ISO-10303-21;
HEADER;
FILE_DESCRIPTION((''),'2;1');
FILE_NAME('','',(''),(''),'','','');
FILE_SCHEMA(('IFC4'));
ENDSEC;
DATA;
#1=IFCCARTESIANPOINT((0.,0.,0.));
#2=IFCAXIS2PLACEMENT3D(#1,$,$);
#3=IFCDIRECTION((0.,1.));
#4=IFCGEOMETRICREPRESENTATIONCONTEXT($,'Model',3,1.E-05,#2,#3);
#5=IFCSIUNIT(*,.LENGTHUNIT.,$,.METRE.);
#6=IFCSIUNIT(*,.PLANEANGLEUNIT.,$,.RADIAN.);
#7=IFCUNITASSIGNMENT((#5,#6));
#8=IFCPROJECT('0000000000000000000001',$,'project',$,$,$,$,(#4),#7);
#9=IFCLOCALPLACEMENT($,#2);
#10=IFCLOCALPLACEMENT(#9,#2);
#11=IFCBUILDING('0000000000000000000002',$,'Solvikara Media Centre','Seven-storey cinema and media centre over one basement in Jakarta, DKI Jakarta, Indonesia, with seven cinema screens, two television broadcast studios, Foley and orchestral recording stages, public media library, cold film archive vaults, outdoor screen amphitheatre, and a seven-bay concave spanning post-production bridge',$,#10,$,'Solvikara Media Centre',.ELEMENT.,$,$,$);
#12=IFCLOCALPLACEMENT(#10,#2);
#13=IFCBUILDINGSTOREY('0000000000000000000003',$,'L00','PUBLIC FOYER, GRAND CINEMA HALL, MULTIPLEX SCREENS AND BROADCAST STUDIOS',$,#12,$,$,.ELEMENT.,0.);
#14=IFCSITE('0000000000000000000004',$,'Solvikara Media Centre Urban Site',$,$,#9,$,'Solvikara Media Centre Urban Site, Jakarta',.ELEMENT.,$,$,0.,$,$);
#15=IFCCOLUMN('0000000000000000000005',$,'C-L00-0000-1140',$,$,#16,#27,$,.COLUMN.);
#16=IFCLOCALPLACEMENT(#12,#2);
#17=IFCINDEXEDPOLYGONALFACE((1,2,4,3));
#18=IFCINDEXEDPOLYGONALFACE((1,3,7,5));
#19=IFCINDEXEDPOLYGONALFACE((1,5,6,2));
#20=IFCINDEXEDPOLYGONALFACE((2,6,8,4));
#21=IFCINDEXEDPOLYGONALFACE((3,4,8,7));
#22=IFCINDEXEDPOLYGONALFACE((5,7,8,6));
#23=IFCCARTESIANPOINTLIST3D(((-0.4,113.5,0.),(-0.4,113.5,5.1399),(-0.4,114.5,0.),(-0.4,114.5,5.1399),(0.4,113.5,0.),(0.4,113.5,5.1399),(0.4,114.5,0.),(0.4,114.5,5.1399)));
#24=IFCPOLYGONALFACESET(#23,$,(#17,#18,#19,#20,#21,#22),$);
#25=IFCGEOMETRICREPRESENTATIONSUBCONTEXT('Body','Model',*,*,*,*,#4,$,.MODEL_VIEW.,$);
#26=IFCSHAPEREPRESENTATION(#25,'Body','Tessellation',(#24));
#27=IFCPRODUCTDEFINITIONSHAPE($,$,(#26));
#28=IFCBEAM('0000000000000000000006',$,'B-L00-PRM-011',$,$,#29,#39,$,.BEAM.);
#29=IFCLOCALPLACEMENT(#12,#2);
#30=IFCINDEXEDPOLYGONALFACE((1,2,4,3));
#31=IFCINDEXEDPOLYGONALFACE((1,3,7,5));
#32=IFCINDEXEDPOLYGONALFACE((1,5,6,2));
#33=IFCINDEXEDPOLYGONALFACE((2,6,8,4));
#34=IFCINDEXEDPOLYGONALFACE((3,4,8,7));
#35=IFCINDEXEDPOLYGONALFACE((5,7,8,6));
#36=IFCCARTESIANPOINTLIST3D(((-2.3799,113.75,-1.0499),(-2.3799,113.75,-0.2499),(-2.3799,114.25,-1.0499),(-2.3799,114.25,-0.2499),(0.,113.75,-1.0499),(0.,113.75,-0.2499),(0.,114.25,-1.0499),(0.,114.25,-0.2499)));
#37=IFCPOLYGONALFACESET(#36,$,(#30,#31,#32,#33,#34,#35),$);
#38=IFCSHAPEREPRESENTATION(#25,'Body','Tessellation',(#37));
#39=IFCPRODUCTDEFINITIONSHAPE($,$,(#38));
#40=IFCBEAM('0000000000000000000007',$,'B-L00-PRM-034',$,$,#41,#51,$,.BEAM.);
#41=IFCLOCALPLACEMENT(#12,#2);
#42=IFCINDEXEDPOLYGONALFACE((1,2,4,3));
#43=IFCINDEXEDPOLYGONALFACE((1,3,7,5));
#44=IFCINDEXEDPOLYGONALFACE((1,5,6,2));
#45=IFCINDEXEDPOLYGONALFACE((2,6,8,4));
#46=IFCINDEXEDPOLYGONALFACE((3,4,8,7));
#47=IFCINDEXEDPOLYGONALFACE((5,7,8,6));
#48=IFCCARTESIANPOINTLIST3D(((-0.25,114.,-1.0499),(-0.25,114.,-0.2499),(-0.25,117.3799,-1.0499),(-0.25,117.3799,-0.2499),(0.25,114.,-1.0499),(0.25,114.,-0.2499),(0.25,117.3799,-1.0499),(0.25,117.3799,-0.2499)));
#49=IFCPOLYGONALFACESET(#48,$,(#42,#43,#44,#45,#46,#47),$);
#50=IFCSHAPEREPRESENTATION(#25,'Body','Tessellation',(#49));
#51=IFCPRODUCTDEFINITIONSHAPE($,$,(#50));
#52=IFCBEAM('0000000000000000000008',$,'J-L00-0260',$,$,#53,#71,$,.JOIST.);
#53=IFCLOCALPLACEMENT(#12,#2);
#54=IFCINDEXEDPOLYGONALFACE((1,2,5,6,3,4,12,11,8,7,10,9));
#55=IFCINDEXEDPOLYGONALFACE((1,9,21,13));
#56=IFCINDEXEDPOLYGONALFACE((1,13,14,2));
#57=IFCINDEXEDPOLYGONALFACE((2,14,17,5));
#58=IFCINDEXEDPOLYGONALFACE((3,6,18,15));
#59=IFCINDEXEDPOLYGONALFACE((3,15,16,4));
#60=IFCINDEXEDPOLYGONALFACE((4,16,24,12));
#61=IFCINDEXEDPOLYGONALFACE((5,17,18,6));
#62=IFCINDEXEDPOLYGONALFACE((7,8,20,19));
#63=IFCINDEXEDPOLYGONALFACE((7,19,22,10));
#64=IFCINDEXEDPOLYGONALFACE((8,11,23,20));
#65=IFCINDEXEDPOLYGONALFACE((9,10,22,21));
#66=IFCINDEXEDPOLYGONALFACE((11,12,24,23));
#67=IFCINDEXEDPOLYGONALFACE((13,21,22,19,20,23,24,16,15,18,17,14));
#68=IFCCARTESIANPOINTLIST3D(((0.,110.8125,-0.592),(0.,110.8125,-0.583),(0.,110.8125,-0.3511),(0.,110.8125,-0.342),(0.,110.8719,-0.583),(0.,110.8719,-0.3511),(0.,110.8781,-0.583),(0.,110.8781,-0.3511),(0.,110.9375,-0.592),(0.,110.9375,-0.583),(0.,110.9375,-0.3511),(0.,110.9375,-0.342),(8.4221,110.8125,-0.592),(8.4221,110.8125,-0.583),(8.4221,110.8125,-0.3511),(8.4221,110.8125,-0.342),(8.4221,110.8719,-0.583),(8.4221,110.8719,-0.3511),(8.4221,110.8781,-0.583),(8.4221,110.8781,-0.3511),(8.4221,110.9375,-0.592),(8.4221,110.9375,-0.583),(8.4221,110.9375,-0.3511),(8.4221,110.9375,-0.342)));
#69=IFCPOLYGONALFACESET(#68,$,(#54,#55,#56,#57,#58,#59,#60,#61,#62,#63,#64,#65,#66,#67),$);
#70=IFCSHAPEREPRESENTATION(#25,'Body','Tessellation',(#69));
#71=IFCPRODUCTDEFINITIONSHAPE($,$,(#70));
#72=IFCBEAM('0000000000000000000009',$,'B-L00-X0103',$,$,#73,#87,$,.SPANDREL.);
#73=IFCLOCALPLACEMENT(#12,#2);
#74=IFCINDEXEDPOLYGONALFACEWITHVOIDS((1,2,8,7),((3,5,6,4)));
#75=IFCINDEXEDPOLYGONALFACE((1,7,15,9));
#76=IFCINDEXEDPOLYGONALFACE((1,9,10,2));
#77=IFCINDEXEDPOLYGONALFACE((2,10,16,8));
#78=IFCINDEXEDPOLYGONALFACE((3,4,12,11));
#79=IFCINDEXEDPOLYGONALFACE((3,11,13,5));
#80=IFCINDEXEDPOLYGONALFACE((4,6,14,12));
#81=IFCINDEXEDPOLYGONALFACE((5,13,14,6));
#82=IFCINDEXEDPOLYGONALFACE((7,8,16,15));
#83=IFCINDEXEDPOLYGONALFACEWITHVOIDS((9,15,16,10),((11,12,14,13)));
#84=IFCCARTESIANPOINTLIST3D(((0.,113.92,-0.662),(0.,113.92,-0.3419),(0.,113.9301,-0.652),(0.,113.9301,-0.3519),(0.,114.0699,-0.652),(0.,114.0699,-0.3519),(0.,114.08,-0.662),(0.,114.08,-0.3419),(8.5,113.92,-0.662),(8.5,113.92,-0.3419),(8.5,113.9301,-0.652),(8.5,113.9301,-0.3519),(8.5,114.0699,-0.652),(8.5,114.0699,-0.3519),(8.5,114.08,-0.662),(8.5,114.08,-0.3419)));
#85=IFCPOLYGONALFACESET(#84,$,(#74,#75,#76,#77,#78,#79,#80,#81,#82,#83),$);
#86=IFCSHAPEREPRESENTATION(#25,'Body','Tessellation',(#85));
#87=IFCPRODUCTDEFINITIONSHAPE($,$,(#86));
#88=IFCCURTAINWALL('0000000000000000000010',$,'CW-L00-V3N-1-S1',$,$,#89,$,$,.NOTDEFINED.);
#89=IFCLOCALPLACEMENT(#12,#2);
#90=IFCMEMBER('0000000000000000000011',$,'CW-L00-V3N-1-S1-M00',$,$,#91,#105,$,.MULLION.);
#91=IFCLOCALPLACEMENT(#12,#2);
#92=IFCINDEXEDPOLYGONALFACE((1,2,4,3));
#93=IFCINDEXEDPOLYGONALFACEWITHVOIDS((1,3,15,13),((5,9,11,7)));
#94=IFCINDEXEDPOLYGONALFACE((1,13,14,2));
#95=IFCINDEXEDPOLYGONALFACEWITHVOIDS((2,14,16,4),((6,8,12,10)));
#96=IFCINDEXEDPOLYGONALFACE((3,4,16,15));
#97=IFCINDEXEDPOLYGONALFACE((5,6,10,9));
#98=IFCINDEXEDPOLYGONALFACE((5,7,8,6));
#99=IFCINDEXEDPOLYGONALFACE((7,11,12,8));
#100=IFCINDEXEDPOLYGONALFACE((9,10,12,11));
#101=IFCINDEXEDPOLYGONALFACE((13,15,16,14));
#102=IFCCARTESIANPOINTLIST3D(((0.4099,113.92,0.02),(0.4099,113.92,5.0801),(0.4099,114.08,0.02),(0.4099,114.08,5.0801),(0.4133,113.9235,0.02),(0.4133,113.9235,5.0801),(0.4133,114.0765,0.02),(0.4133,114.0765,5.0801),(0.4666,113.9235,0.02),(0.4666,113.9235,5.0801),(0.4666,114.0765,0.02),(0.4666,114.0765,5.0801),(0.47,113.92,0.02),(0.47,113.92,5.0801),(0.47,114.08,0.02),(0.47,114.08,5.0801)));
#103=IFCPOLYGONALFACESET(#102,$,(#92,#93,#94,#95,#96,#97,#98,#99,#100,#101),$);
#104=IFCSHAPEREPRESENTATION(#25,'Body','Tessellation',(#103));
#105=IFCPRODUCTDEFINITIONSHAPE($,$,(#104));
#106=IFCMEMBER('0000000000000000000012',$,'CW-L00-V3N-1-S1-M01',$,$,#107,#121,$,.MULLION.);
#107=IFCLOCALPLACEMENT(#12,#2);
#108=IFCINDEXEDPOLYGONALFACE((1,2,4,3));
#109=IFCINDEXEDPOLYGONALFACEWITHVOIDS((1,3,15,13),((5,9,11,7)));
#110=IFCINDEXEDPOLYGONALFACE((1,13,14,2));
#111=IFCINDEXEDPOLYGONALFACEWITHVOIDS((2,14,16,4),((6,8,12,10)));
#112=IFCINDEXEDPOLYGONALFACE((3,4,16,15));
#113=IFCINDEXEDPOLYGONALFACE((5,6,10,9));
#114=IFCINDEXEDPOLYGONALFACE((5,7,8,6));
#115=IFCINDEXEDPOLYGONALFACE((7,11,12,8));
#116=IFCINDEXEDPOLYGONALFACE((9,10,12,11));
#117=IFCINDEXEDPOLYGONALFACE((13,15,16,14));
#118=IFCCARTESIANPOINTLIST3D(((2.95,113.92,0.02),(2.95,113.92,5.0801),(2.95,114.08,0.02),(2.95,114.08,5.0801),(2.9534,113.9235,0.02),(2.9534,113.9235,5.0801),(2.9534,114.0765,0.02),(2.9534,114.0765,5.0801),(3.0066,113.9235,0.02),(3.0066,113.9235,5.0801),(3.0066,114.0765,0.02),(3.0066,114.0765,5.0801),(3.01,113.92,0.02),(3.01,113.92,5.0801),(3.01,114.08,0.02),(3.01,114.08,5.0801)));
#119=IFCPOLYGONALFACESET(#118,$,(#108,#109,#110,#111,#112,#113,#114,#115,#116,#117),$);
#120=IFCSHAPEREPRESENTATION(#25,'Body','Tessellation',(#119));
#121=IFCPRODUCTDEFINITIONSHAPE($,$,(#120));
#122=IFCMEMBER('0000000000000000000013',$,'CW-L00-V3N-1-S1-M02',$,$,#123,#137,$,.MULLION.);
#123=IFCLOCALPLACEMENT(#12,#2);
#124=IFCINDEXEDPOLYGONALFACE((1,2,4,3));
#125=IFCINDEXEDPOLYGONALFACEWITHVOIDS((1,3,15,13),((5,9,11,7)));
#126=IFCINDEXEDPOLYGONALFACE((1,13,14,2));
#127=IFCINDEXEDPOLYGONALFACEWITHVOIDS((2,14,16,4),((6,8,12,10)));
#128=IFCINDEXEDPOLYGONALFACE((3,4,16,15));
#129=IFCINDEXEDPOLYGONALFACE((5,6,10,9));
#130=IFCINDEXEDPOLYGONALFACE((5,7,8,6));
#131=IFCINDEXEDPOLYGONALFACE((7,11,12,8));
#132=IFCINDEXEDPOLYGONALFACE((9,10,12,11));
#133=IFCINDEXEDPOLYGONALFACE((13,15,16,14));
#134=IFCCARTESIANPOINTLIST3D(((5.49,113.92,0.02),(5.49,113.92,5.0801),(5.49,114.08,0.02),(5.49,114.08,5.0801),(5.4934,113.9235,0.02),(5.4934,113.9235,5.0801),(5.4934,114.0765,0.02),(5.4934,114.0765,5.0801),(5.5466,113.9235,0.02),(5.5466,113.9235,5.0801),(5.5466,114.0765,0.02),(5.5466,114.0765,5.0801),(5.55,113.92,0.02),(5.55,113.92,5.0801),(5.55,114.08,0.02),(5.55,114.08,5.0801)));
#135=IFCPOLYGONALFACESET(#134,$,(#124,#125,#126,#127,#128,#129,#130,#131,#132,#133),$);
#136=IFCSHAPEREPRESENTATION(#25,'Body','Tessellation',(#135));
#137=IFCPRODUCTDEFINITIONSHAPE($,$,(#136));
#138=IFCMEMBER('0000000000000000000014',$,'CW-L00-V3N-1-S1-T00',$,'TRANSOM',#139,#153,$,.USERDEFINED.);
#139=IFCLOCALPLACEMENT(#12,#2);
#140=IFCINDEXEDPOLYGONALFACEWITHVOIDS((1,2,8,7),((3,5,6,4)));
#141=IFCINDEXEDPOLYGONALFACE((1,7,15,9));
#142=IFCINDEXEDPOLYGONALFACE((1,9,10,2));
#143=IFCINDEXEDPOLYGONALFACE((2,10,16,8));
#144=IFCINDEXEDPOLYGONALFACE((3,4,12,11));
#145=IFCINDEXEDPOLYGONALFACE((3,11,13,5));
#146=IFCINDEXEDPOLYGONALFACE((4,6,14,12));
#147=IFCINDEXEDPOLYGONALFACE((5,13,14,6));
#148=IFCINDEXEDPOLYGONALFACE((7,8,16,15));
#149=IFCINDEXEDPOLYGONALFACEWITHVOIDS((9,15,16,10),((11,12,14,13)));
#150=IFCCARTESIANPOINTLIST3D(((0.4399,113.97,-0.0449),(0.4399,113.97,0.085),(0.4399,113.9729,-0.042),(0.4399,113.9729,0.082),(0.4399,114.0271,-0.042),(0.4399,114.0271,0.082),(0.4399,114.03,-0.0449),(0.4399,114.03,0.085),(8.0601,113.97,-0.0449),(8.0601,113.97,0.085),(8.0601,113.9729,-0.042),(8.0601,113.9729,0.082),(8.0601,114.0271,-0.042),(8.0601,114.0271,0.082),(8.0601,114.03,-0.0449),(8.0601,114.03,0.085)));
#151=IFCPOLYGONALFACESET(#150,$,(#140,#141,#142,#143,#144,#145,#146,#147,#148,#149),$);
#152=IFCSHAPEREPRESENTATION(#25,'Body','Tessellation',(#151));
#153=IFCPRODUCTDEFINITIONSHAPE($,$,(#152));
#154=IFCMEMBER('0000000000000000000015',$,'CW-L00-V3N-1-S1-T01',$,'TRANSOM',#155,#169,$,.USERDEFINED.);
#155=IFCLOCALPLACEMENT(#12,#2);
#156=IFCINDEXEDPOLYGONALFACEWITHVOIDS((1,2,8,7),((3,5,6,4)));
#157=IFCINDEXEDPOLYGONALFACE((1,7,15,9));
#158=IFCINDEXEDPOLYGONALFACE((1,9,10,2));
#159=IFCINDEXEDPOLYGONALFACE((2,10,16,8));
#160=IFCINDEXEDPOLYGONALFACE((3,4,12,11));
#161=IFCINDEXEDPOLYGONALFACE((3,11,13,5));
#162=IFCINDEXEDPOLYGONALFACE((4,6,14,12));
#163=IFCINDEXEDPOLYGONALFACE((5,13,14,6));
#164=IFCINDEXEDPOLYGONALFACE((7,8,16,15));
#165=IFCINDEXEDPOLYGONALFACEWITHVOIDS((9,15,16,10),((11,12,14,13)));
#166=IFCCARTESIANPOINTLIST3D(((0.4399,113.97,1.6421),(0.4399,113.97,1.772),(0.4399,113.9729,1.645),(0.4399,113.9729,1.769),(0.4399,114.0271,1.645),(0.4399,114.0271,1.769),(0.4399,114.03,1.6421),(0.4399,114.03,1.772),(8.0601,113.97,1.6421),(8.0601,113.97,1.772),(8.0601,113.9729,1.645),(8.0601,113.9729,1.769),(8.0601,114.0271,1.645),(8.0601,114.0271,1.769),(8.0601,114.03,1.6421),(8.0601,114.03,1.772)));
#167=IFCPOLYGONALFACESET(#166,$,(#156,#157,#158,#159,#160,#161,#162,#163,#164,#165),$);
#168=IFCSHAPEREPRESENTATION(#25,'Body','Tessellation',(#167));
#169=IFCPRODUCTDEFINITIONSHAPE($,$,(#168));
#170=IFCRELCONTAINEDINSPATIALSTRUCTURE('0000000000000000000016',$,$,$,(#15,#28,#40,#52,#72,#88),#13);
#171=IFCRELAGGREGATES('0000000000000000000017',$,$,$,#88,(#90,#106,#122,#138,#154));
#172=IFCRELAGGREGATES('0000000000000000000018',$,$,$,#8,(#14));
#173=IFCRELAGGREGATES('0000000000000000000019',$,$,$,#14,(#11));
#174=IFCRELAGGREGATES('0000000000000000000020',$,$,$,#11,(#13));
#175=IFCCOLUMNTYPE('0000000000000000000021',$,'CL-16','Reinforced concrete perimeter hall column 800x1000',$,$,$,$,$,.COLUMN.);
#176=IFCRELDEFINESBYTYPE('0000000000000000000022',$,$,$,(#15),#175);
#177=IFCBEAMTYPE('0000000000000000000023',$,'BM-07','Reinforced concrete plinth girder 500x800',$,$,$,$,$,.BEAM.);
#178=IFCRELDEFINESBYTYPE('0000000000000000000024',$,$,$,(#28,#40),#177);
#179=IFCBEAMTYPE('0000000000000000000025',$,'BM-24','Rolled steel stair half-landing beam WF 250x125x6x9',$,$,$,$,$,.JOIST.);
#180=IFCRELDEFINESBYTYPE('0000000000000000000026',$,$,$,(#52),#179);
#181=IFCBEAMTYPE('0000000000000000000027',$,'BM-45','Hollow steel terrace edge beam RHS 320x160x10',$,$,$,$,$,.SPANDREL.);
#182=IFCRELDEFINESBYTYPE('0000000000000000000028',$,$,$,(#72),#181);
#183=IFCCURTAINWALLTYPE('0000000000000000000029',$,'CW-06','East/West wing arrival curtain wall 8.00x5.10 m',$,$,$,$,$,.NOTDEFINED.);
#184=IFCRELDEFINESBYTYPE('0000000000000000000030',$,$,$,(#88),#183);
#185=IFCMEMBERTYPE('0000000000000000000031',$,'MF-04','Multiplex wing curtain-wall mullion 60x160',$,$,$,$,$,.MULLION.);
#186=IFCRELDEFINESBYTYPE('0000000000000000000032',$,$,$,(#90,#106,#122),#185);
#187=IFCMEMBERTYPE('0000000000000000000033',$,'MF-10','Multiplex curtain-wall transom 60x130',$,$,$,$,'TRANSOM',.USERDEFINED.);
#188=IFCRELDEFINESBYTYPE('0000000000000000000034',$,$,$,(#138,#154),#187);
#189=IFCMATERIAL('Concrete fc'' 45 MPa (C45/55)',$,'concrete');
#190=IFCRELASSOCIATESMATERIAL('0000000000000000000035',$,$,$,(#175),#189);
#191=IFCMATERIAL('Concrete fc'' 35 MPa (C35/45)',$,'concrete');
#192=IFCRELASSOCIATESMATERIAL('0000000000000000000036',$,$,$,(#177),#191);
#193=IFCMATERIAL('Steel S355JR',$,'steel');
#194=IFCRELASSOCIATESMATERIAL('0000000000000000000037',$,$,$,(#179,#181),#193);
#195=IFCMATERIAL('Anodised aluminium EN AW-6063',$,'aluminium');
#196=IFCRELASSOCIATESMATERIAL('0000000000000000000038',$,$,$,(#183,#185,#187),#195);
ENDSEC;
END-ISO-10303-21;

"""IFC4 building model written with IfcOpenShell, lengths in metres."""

from ifc_helpers import new_model, si_unit, direction, frame, origin, origin_2d, place, context, subcontext, project, spatial, rectangle, hollow_rectangle, i_section, extrude, material, material_profile, profile_set, type_object, element, aggregate, save


model = new_model("IFC4")

# Units and contexts
model_context = context("Model", 3, precision=1e-05, world=origin(), true_north=direction((0.0, 1.0)))
body_context = subcontext(model_context, "Body", "Model", "MODEL_VIEW")
ifc_project = project(units=[si_unit("LENGTHUNIT", "METRE"), si_unit("PLANEANGLEUNIT", "RADIAN")], contexts=[model_context])

# Site, building, storey
site_placement = place(None, origin())
site = spatial("IfcSite", under=ifc_project, at=site_placement, Name="Solvikara Media Centre Urban Site", LongName="Solvikara Media Centre Urban Site, Jakarta", CompositionType="ELEMENT", RefElevation=0.0)
building_placement = place(site_placement, origin())
building = spatial("IfcBuilding", under=site, at=building_placement, Name="Solvikara Media Centre", Description="Seven-storey cinema and media centre over one basement in Jakarta, DKI Jakarta, Indonesia, with seven cinema screens, two television broadcast studios, Foley and orchestral recording stages, public media library, cold film archive vaults, outdoor screen amphitheatre, and a seven-bay concave spanning post-production bridge", LongName="Solvikara Media Centre", CompositionType="ELEMENT")
storey_placement = place(building_placement, origin())
storey = spatial("IfcBuildingStorey", under=building, at=storey_placement, Name="L00", Description="PUBLIC FOYER, GRAND CINEMA HALL, MULTIPLEX SCREENS AND BROADCAST STUDIOS", CompositionType="ELEMENT", Elevation=0.0)

# Column
ifc_material_1 = material(Name="Concrete fc' 45 MPa (C45/55)", Category="concrete")
ifc_material_profile_1 = material_profile(ifc_material_1, rectangle(XDim=0.8, YDim=1.0, at=origin_2d()), Name="RC 800x1000")
ifc_profile_set_1 = profile_set([ifc_material_profile_1], Name="Concrete fc' 45 MPa (C45/55)")
column_type = type_object("IfcColumnType", Name="CL-16", Description="Reinforced concrete perimeter hall column 800x1000", PredefinedType="COLUMN", material=ifc_profile_set_1)
column_placement = place(storey_placement, frame((0.0, 114.0, 0.0), z_axis=(0.0, 0.0, 1.0), x_axis=(1.0, 0.0, 0.0)))
element("IfcColumn", 1, at=column_placement, inside=storey, type_object=column_type, Name="C-L00-0000-1140", PredefinedType="COLUMN", context=body_context, shape_type="SweptSolid", body=[
    extrude(rectangle(XDim=0.8, YDim=1.0, at=origin_2d()), origin(), (0.0, 0.0, 1.0), 5.1399),
])

# Beams
ifc_material_2 = material(Name="Concrete fc' 35 MPa (C35/45)", Category="concrete")
ifc_material_profile_2 = material_profile(ifc_material_2, rectangle(XDim=0.5, YDim=0.8, at=origin_2d()), Name="RC 500x800")
ifc_profile_set_2 = profile_set([ifc_material_profile_2], Name="Concrete fc' 35 MPa (C35/45)")
beam_type_1 = type_object("IfcBeamType", Name="BM-07", Description="Reinforced concrete plinth girder 500x800", PredefinedType="BEAM", material=ifc_profile_set_2)
beam_1_placement = place(storey_placement, frame((-2.3799, 114.0, -0.6499), z_axis=(1.0, 0.0, 0.0), x_axis=(0.0, 1.0, 0.0)))
element("IfcBeam", 2, at=beam_1_placement, inside=storey, type_object=beam_type_1, Name="B-L00-PRM-011", PredefinedType="BEAM", context=body_context, shape_type="SweptSolid", body=[
    extrude(rectangle(XDim=0.5, YDim=0.8, at=origin_2d()), origin(), (0.0, 0.0, 1.0), 2.3799),
])
beam_2_placement = place(storey_placement, frame((0.0, 114.0, -0.6499), z_axis=(0.0, 1.0, 0.0), x_axis=(-1.0, 0.0, 0.0)))
element("IfcBeam", 3, at=beam_2_placement, inside=storey, type_object=beam_type_1, Name="B-L00-PRM-034", PredefinedType="BEAM", context=body_context, shape_type="SweptSolid", body=[
    extrude(rectangle(XDim=0.5, YDim=0.8, at=origin_2d()), origin(), (0.0, 0.0, 1.0), 3.3799),
])
ifc_material_3 = material(Name="Steel S355JR", Category="steel")
ifc_material_profile_3 = material_profile(ifc_material_3, i_section(OverallWidth=0.125, OverallDepth=0.25, WebThickness=0.0061, FlangeThickness=0.009, at=origin_2d()), Name="WF 250x125x6x9")
ifc_profile_set_3 = profile_set([ifc_material_profile_3], Name="Steel S355JR")
beam_type_2 = type_object("IfcBeamType", Name="BM-24", Description="Rolled steel stair half-landing beam WF 250x125x6x9", PredefinedType="JOIST", material=ifc_profile_set_3)
beam_3_placement = place(storey_placement, frame((0.0, 110.875, -0.467), z_axis=(1.0, 0.0, 0.0), x_axis=(0.0, 1.0, 0.0)))
element("IfcBeam", 4, at=beam_3_placement, inside=storey, type_object=beam_type_2, Name="J-L00-0260", PredefinedType="JOIST", context=body_context, shape_type="SweptSolid", body=[
    extrude(i_section(OverallWidth=0.125, OverallDepth=0.25, WebThickness=0.0061, FlangeThickness=0.009, at=origin_2d()), origin(), (0.0, 0.0, 1.0), 8.4221),
])
ifc_material_profile_4 = material_profile(ifc_material_3, hollow_rectangle(XDim=0.1599, YDim=0.3201, WallThickness=0.01, at=origin_2d()), Name="RHS 320x160x10")
ifc_profile_set_4 = profile_set([ifc_material_profile_4], Name="Steel S355JR")
beam_type_3 = type_object("IfcBeamType", Name="BM-45", Description="Hollow steel terrace edge beam RHS 320x160x10", PredefinedType="SPANDREL", material=ifc_profile_set_4)
beam_4_placement = place(storey_placement, frame((0.0, 114.0, -0.502), z_axis=(1.0, 0.0, 0.0), x_axis=(0.0, 1.0, 0.0)))
element("IfcBeam", 5, at=beam_4_placement, inside=storey, type_object=beam_type_3, Name="B-L00-X0103", PredefinedType="SPANDREL", context=body_context, shape_type="SweptSolid", body=[
    extrude(hollow_rectangle(XDim=0.1599, YDim=0.3201, WallThickness=0.01, at=origin_2d()), origin(), (0.0, 0.0, 1.0), 8.5),
])

# Curtain wall, members
ifc_material_4 = material(Name="Anodised aluminium EN AW-6063", Category="aluminium")
curtain_wall_type = type_object("IfcCurtainWallType", Name="CW-06", Description="East/West wing arrival curtain wall 8.00x5.10 m", PredefinedType="NOTDEFINED", material=ifc_material_4)
curtain_wall_placement = place(storey_placement, origin())
curtain_wall = element("IfcCurtainWall", 6, at=curtain_wall_placement, inside=storey, type_object=curtain_wall_type, Name="CW-L00-V3N-1-S1", PredefinedType="NOTDEFINED")
ifc_material_profile_5 = material_profile(ifc_material_4, hollow_rectangle(XDim=0.0601, YDim=0.1599, WallThickness=0.0034, at=origin_2d()), Name="ALU-M 60x160x3.5")
ifc_profile_set_5 = profile_set([ifc_material_profile_5], Name="Anodised aluminium EN AW-6063")
member_type_1 = type_object("IfcMemberType", Name="MF-04", Description="Multiplex wing curtain-wall mullion 60x160", PredefinedType="MULLION", material=ifc_profile_set_5)
member_1_placement = place(storey_placement, frame((0.4399, 114.0, 0.02), z_axis=(0.0, 0.0, 1.0), x_axis=(1.0, 0.0, 0.0)))
member_1 = element("IfcMember", 7, at=member_1_placement, type_object=member_type_1, Name="CW-L00-V3N-1-S1-M00", PredefinedType="MULLION", context=body_context, shape_type="SweptSolid", body=[
    extrude(hollow_rectangle(XDim=0.0601, YDim=0.1599, WallThickness=0.0034, at=origin_2d()), origin(), (0.0, 0.0, 1.0), 5.0601),
])
member_2_placement = place(storey_placement, frame((2.98, 114.0, 0.02), z_axis=(0.0, 0.0, 1.0), x_axis=(1.0, 0.0, 0.0)))
member_2 = element("IfcMember", 8, at=member_2_placement, type_object=member_type_1, Name="CW-L00-V3N-1-S1-M01", PredefinedType="MULLION", context=body_context, shape_type="SweptSolid", body=[
    extrude(hollow_rectangle(XDim=0.0601, YDim=0.1599, WallThickness=0.0034, at=origin_2d()), origin(), (0.0, 0.0, 1.0), 5.0601),
])
member_3_placement = place(storey_placement, frame((5.52, 114.0, 0.02), z_axis=(0.0, 0.0, 1.0), x_axis=(1.0, 0.0, 0.0)))
member_3 = element("IfcMember", 9, at=member_3_placement, type_object=member_type_1, Name="CW-L00-V3N-1-S1-M02", PredefinedType="MULLION", context=body_context, shape_type="SweptSolid", body=[
    extrude(hollow_rectangle(XDim=0.0601, YDim=0.1599, WallThickness=0.0034, at=origin_2d()), origin(), (0.0, 0.0, 1.0), 5.0601),
])
ifc_material_profile_6 = material_profile(ifc_material_4, hollow_rectangle(XDim=0.0601, YDim=0.1299, WallThickness=0.0029, at=origin_2d()), Name="ALU-T 60x130x3")
ifc_profile_set_6 = profile_set([ifc_material_profile_6], Name="Anodised aluminium EN AW-6063")
member_type_2 = type_object("IfcMemberType", Name="MF-10", Description="Multiplex curtain-wall transom 60x130", ElementType="TRANSOM", PredefinedType="USERDEFINED", material=ifc_profile_set_6)
member_4_placement = place(storey_placement, frame((0.4399, 114.0, 0.02), z_axis=(1.0, 0.0, 0.0), x_axis=(0.0, 1.0, 0.0)))
member_4 = element("IfcMember", 10, at=member_4_placement, type_object=member_type_2, Name="CW-L00-V3N-1-S1-T00", ObjectType="TRANSOM", PredefinedType="USERDEFINED", context=body_context, shape_type="SweptSolid", body=[
    extrude(hollow_rectangle(XDim=0.0601, YDim=0.1299, WallThickness=0.0029, at=origin_2d()), origin(), (0.0, 0.0, 1.0), 7.6201),
])
member_5_placement = place(storey_placement, frame((0.4399, 114.0, 1.707), z_axis=(1.0, 0.0, 0.0), x_axis=(0.0, 1.0, 0.0)))
member_5 = element("IfcMember", 11, at=member_5_placement, type_object=member_type_2, Name="CW-L00-V3N-1-S1-T01", ObjectType="TRANSOM", PredefinedType="USERDEFINED", context=body_context, shape_type="SweptSolid", body=[
    extrude(hollow_rectangle(XDim=0.0601, YDim=0.1299, WallThickness=0.0029, at=origin_2d()), origin(), (0.0, 0.0, 1.0), 7.6201),
])
aggregate(curtain_wall, [member_1, member_2, member_3, member_4, member_5])

save(model, "model.ifc")
